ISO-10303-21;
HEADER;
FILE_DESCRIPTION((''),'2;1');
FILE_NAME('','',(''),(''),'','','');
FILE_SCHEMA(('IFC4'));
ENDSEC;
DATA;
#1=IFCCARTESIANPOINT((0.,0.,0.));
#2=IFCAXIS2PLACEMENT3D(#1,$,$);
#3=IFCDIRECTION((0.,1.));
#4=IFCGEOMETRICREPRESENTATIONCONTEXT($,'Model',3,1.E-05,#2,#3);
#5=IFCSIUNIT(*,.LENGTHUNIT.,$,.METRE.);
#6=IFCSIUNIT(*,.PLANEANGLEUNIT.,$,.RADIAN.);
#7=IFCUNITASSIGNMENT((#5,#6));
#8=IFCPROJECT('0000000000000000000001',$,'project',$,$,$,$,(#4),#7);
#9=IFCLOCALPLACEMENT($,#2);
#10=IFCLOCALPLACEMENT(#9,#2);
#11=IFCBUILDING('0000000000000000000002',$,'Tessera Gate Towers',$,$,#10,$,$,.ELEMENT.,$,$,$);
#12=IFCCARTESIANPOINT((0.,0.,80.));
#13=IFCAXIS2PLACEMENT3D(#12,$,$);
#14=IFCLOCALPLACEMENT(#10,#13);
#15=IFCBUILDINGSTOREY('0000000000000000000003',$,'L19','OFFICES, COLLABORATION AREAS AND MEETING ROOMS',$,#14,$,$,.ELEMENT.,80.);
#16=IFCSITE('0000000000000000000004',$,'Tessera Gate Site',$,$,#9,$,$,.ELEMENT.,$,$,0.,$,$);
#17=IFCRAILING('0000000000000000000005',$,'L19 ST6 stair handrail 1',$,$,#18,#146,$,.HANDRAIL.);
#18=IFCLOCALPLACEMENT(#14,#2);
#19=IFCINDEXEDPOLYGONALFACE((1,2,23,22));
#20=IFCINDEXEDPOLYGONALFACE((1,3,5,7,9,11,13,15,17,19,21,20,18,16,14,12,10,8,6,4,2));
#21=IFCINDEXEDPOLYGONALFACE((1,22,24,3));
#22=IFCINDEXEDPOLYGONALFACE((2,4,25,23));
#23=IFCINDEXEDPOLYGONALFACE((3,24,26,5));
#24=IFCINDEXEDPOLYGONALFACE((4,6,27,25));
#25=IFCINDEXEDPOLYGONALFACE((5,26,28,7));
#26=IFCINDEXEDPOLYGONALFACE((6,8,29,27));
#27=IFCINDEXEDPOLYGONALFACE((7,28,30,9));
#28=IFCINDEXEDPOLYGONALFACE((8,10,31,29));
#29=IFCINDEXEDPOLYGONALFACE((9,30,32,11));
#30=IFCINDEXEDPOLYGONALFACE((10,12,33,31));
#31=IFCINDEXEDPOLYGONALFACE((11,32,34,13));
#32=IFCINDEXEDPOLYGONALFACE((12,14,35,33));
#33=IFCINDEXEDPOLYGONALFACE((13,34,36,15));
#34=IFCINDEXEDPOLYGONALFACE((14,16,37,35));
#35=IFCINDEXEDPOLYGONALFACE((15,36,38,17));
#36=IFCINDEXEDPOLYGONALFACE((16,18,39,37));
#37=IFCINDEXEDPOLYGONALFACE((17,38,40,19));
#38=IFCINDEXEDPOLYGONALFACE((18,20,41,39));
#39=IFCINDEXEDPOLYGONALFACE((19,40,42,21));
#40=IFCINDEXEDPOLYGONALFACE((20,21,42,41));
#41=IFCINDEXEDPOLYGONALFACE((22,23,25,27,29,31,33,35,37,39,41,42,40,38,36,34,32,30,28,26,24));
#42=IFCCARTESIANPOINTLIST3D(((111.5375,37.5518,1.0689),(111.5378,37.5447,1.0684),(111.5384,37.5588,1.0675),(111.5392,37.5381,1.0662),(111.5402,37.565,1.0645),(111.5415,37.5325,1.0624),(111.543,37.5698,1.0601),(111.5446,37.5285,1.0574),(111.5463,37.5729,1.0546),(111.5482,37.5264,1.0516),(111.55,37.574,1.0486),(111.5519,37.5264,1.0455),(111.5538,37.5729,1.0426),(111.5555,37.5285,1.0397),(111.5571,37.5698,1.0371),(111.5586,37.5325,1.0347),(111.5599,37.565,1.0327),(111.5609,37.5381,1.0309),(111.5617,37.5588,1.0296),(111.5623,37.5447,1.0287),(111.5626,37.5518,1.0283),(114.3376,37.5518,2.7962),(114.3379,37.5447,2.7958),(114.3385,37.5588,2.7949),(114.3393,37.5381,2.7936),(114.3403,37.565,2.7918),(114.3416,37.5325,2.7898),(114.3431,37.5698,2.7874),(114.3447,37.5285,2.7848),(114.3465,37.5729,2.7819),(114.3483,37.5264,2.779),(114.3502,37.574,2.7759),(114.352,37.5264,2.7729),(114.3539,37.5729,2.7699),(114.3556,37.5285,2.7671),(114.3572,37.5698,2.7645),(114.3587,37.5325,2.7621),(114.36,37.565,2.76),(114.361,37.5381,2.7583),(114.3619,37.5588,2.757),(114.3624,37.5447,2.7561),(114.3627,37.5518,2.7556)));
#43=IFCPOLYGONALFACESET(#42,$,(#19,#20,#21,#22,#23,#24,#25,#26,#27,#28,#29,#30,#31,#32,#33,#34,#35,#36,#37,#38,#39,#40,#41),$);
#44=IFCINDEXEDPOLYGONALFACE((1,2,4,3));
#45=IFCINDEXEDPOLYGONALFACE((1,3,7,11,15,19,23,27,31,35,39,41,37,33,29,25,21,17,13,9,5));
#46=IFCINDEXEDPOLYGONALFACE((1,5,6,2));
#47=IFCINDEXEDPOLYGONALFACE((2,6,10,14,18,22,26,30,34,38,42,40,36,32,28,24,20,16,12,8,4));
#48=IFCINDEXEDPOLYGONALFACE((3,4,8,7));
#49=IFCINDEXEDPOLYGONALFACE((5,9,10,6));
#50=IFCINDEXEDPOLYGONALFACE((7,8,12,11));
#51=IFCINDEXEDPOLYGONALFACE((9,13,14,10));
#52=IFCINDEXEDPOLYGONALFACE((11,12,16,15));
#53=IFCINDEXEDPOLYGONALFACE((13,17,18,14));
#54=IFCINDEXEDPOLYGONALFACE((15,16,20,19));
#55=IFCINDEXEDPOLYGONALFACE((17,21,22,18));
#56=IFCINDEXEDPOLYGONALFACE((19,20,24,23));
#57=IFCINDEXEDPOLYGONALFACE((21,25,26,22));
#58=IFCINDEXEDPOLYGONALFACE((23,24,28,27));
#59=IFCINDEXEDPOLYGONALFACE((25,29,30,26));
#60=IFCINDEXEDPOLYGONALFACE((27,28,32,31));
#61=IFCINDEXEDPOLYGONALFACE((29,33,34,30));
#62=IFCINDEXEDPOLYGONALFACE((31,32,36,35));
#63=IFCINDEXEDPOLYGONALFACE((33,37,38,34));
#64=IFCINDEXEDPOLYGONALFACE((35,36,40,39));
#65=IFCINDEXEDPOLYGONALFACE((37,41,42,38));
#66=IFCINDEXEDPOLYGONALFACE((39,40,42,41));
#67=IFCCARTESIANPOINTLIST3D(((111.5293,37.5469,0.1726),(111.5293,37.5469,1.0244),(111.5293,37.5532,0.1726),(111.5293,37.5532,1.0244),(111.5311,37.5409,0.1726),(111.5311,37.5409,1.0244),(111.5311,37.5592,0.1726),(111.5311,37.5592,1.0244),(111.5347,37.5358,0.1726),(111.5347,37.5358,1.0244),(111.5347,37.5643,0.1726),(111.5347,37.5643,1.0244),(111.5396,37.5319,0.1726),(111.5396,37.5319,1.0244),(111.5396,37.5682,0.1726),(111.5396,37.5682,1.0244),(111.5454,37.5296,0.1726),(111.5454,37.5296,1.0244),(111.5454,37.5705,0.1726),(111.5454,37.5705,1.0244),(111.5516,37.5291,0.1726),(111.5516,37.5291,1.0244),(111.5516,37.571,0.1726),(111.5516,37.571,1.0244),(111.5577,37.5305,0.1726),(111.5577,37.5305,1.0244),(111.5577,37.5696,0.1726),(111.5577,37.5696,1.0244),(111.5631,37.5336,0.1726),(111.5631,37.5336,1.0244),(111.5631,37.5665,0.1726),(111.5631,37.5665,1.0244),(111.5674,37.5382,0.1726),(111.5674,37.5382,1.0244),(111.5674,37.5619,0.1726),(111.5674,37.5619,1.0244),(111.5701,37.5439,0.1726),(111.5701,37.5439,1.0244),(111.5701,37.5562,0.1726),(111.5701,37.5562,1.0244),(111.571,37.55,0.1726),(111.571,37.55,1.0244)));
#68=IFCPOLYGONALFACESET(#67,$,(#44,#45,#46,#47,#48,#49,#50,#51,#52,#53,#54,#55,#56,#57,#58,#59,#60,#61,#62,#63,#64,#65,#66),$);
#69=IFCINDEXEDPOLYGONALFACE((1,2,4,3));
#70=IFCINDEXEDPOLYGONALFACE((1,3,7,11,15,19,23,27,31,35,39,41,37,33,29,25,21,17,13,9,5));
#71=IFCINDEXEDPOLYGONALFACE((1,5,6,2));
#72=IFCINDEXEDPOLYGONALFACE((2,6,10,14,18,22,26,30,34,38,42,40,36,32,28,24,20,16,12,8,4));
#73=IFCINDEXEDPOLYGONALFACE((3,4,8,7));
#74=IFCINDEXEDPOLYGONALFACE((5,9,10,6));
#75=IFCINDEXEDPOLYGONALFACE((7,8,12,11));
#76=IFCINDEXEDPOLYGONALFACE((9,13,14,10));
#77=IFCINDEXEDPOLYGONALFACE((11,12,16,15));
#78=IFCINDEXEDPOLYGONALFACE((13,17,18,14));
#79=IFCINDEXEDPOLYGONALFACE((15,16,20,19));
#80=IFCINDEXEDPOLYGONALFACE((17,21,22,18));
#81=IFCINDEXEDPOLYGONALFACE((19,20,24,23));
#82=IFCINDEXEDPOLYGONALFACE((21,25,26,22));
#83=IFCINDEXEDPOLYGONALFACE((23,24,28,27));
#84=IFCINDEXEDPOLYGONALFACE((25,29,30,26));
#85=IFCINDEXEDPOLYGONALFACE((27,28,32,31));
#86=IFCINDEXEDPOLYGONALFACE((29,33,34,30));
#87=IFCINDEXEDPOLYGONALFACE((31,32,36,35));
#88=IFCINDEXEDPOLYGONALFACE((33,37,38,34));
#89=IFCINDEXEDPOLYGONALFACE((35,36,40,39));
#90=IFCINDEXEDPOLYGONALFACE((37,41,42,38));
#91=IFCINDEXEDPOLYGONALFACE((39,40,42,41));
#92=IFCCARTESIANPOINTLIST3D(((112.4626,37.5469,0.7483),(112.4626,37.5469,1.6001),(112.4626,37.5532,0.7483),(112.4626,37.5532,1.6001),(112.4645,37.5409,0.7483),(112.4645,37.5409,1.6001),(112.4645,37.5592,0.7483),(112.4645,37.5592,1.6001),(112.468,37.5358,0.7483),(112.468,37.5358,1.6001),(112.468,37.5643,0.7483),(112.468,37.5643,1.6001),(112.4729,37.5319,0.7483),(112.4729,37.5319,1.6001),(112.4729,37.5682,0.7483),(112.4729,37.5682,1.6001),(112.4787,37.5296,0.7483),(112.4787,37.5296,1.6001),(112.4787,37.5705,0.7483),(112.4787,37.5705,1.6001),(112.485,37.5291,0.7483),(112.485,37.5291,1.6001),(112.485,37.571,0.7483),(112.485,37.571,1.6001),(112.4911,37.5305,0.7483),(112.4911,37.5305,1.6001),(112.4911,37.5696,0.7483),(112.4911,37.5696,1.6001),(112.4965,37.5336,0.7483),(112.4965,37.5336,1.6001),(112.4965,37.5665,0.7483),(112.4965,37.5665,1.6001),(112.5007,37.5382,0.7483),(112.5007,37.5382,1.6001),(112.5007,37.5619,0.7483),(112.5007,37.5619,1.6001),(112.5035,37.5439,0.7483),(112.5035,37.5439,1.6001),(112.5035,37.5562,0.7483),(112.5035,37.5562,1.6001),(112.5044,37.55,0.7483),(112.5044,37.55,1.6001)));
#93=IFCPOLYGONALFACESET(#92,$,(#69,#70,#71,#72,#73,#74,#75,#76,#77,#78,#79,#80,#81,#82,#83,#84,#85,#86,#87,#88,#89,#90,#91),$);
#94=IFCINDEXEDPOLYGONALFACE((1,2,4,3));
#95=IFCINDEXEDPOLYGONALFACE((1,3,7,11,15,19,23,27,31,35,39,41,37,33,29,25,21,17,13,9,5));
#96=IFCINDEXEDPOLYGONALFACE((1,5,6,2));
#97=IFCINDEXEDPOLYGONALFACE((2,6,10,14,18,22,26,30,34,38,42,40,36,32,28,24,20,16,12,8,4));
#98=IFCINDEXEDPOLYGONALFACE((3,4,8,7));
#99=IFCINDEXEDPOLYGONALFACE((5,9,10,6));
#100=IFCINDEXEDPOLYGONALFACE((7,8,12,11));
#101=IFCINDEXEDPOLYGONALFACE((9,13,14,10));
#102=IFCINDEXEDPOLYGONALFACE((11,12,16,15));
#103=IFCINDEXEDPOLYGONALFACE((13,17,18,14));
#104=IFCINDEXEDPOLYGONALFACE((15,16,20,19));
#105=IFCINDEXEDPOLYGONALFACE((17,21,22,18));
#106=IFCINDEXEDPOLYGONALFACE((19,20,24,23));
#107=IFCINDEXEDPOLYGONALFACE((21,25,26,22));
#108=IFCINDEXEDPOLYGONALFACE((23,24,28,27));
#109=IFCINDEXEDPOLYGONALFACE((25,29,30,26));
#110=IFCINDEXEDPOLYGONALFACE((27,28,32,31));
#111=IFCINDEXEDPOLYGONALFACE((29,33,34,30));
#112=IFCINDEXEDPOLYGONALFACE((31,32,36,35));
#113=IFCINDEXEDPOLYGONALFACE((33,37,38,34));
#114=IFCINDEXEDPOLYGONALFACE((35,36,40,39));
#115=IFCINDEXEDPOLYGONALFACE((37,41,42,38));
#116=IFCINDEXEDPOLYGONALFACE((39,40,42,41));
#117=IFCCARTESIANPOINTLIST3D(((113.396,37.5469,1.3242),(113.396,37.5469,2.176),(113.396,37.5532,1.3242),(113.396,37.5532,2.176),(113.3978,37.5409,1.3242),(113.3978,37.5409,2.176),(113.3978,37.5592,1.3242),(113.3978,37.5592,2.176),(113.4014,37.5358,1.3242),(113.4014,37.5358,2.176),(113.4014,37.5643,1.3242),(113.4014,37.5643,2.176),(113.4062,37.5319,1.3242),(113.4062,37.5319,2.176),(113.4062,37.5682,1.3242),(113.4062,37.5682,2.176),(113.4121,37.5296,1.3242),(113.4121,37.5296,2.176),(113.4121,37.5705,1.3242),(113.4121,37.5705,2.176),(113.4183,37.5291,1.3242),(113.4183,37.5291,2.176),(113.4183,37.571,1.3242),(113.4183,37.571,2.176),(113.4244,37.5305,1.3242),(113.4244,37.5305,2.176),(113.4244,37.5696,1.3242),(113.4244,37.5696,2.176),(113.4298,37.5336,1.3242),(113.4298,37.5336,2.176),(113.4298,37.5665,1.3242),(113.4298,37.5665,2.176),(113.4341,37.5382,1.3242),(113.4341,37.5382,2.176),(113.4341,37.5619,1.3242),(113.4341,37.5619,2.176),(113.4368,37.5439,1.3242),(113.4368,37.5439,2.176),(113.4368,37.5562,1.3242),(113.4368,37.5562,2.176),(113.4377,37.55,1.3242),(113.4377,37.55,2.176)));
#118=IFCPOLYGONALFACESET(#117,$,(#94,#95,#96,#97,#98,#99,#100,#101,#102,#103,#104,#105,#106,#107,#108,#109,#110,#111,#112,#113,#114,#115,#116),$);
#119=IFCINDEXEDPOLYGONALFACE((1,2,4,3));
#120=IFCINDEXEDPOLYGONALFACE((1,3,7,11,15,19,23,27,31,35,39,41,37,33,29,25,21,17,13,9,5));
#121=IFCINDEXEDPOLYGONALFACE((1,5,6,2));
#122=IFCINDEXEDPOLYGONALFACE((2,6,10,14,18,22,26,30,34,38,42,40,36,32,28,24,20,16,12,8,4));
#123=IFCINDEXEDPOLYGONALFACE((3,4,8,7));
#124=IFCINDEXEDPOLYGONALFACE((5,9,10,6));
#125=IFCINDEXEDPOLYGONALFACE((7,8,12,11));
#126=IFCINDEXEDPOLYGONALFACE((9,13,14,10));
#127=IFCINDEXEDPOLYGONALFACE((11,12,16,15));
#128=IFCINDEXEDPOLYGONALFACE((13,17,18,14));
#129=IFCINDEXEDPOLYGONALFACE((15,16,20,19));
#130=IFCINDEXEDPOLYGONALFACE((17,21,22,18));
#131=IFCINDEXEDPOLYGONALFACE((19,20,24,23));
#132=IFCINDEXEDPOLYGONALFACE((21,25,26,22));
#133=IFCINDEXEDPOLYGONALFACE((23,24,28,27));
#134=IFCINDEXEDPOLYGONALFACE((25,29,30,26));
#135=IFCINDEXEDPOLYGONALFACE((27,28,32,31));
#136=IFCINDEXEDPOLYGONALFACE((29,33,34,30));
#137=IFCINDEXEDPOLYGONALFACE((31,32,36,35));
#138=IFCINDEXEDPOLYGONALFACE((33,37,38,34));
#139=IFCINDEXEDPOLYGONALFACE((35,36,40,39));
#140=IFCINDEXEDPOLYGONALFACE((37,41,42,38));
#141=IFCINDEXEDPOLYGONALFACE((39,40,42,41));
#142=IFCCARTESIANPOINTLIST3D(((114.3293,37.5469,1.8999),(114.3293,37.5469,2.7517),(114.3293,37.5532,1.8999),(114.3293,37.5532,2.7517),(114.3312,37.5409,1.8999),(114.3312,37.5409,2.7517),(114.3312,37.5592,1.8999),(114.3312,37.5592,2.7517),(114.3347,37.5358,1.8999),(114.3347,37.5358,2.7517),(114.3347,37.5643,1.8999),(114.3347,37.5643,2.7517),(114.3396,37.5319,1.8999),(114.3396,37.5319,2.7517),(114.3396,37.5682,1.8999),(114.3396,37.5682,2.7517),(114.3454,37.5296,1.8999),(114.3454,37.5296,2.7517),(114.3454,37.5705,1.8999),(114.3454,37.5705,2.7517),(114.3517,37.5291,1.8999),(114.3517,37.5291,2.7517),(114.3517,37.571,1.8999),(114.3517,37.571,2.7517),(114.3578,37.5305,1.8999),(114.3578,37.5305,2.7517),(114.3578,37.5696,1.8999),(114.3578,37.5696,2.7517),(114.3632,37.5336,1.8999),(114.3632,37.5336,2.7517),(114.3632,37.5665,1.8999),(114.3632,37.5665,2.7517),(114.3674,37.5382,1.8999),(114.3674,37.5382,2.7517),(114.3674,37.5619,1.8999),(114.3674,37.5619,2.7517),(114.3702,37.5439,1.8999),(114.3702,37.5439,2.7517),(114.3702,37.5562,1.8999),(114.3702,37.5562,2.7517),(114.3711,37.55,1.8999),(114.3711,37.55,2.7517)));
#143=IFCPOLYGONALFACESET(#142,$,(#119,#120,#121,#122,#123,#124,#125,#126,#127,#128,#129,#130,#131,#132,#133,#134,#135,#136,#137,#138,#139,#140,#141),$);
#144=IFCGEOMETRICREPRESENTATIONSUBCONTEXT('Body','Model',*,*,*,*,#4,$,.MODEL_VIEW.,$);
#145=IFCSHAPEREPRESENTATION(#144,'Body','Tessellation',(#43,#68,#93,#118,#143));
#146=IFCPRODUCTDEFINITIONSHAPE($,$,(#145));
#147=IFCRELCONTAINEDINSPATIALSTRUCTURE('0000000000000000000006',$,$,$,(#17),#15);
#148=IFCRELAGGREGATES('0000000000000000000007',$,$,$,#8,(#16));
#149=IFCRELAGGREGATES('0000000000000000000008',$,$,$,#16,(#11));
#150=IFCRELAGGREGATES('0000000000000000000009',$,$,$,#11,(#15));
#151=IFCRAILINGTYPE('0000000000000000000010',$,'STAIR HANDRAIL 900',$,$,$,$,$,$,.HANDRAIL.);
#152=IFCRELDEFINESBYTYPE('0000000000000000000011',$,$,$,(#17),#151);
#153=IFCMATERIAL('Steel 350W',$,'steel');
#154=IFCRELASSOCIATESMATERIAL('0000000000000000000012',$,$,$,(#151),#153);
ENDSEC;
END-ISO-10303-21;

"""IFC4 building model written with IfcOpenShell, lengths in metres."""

from ifc_helpers import new_model, si_unit, direction, frame, origin, origin_2d, place, context, subcontext, project, spatial, circle, extrude, material, type_object, element, save


model = new_model("IFC4")

# Units and contexts
model_context = context("Model", 3, precision=1e-05, world=origin(), true_north=direction((0.0, 1.0)))
body_context = subcontext(model_context, "Body", "Model", "MODEL_VIEW")
ifc_project = project(units=[si_unit("LENGTHUNIT", "METRE"), si_unit("PLANEANGLEUNIT", "RADIAN")], contexts=[model_context])

# Site, building, storey
site_placement = place(None, origin())
site = spatial("IfcSite", under=ifc_project, at=site_placement, Name="Tessera Gate Site", CompositionType="ELEMENT", RefElevation=0.0)
building_placement = place(site_placement, origin())
building = spatial("IfcBuilding", under=site, at=building_placement, Name="Tessera Gate Towers", CompositionType="ELEMENT")
storey_placement = place(building_placement, frame((0.0, 0.0, 80.0)))
storey = spatial("IfcBuildingStorey", under=building, at=storey_placement, Name="L19", Description="OFFICES, COLLABORATION AREAS AND MEETING ROOMS", CompositionType="ELEMENT", Elevation=80.0)

# Railing
ifc_material_1 = material(Name="Steel 350W", Category="steel")
railing_type = type_object("IfcRailingType", Name="STAIR HANDRAIL 900", PredefinedType="HANDRAIL", material=ifc_material_1)
railing_placement = place(storey_placement, frame((111.55, 37.55, 0.1726)))
element("IfcRailing", 1, at=railing_placement, inside=storey, type_object=railing_type, Name="L19 ST6 stair handrail 1", PredefinedType="HANDRAIL", context=body_context, shape_type="SweptSolid", body=[
    extrude(circle(Radius=0.0239, at=origin_2d()), frame((0.0, 0.0, 0.876), z_axis=(0.85109, 0.0, 0.52502), x_axis=(0.0, 1.0, 0.0)), (0.0, 0.0, 1.0), 3.29),
    extrude(circle(Radius=0.021, at=origin_2d()), origin(), (0.0, 0.0, 1.0), 0.8518),
    extrude(circle(Radius=0.021, at=origin_2d()), frame((0.9333, 0.0, 0.5757)), (0.0, 0.0, 1.0), 0.8518),
    extrude(circle(Radius=0.021, at=origin_2d()), frame((1.8667, 0.0, 1.1516)), (0.0, 0.0, 1.0), 0.8518),
    extrude(circle(Radius=0.021, at=origin_2d()), frame((2.8, 0.0, 1.7273)), (0.0, 0.0, 1.0), 0.8518),
])

save(model, "model.ifc")
